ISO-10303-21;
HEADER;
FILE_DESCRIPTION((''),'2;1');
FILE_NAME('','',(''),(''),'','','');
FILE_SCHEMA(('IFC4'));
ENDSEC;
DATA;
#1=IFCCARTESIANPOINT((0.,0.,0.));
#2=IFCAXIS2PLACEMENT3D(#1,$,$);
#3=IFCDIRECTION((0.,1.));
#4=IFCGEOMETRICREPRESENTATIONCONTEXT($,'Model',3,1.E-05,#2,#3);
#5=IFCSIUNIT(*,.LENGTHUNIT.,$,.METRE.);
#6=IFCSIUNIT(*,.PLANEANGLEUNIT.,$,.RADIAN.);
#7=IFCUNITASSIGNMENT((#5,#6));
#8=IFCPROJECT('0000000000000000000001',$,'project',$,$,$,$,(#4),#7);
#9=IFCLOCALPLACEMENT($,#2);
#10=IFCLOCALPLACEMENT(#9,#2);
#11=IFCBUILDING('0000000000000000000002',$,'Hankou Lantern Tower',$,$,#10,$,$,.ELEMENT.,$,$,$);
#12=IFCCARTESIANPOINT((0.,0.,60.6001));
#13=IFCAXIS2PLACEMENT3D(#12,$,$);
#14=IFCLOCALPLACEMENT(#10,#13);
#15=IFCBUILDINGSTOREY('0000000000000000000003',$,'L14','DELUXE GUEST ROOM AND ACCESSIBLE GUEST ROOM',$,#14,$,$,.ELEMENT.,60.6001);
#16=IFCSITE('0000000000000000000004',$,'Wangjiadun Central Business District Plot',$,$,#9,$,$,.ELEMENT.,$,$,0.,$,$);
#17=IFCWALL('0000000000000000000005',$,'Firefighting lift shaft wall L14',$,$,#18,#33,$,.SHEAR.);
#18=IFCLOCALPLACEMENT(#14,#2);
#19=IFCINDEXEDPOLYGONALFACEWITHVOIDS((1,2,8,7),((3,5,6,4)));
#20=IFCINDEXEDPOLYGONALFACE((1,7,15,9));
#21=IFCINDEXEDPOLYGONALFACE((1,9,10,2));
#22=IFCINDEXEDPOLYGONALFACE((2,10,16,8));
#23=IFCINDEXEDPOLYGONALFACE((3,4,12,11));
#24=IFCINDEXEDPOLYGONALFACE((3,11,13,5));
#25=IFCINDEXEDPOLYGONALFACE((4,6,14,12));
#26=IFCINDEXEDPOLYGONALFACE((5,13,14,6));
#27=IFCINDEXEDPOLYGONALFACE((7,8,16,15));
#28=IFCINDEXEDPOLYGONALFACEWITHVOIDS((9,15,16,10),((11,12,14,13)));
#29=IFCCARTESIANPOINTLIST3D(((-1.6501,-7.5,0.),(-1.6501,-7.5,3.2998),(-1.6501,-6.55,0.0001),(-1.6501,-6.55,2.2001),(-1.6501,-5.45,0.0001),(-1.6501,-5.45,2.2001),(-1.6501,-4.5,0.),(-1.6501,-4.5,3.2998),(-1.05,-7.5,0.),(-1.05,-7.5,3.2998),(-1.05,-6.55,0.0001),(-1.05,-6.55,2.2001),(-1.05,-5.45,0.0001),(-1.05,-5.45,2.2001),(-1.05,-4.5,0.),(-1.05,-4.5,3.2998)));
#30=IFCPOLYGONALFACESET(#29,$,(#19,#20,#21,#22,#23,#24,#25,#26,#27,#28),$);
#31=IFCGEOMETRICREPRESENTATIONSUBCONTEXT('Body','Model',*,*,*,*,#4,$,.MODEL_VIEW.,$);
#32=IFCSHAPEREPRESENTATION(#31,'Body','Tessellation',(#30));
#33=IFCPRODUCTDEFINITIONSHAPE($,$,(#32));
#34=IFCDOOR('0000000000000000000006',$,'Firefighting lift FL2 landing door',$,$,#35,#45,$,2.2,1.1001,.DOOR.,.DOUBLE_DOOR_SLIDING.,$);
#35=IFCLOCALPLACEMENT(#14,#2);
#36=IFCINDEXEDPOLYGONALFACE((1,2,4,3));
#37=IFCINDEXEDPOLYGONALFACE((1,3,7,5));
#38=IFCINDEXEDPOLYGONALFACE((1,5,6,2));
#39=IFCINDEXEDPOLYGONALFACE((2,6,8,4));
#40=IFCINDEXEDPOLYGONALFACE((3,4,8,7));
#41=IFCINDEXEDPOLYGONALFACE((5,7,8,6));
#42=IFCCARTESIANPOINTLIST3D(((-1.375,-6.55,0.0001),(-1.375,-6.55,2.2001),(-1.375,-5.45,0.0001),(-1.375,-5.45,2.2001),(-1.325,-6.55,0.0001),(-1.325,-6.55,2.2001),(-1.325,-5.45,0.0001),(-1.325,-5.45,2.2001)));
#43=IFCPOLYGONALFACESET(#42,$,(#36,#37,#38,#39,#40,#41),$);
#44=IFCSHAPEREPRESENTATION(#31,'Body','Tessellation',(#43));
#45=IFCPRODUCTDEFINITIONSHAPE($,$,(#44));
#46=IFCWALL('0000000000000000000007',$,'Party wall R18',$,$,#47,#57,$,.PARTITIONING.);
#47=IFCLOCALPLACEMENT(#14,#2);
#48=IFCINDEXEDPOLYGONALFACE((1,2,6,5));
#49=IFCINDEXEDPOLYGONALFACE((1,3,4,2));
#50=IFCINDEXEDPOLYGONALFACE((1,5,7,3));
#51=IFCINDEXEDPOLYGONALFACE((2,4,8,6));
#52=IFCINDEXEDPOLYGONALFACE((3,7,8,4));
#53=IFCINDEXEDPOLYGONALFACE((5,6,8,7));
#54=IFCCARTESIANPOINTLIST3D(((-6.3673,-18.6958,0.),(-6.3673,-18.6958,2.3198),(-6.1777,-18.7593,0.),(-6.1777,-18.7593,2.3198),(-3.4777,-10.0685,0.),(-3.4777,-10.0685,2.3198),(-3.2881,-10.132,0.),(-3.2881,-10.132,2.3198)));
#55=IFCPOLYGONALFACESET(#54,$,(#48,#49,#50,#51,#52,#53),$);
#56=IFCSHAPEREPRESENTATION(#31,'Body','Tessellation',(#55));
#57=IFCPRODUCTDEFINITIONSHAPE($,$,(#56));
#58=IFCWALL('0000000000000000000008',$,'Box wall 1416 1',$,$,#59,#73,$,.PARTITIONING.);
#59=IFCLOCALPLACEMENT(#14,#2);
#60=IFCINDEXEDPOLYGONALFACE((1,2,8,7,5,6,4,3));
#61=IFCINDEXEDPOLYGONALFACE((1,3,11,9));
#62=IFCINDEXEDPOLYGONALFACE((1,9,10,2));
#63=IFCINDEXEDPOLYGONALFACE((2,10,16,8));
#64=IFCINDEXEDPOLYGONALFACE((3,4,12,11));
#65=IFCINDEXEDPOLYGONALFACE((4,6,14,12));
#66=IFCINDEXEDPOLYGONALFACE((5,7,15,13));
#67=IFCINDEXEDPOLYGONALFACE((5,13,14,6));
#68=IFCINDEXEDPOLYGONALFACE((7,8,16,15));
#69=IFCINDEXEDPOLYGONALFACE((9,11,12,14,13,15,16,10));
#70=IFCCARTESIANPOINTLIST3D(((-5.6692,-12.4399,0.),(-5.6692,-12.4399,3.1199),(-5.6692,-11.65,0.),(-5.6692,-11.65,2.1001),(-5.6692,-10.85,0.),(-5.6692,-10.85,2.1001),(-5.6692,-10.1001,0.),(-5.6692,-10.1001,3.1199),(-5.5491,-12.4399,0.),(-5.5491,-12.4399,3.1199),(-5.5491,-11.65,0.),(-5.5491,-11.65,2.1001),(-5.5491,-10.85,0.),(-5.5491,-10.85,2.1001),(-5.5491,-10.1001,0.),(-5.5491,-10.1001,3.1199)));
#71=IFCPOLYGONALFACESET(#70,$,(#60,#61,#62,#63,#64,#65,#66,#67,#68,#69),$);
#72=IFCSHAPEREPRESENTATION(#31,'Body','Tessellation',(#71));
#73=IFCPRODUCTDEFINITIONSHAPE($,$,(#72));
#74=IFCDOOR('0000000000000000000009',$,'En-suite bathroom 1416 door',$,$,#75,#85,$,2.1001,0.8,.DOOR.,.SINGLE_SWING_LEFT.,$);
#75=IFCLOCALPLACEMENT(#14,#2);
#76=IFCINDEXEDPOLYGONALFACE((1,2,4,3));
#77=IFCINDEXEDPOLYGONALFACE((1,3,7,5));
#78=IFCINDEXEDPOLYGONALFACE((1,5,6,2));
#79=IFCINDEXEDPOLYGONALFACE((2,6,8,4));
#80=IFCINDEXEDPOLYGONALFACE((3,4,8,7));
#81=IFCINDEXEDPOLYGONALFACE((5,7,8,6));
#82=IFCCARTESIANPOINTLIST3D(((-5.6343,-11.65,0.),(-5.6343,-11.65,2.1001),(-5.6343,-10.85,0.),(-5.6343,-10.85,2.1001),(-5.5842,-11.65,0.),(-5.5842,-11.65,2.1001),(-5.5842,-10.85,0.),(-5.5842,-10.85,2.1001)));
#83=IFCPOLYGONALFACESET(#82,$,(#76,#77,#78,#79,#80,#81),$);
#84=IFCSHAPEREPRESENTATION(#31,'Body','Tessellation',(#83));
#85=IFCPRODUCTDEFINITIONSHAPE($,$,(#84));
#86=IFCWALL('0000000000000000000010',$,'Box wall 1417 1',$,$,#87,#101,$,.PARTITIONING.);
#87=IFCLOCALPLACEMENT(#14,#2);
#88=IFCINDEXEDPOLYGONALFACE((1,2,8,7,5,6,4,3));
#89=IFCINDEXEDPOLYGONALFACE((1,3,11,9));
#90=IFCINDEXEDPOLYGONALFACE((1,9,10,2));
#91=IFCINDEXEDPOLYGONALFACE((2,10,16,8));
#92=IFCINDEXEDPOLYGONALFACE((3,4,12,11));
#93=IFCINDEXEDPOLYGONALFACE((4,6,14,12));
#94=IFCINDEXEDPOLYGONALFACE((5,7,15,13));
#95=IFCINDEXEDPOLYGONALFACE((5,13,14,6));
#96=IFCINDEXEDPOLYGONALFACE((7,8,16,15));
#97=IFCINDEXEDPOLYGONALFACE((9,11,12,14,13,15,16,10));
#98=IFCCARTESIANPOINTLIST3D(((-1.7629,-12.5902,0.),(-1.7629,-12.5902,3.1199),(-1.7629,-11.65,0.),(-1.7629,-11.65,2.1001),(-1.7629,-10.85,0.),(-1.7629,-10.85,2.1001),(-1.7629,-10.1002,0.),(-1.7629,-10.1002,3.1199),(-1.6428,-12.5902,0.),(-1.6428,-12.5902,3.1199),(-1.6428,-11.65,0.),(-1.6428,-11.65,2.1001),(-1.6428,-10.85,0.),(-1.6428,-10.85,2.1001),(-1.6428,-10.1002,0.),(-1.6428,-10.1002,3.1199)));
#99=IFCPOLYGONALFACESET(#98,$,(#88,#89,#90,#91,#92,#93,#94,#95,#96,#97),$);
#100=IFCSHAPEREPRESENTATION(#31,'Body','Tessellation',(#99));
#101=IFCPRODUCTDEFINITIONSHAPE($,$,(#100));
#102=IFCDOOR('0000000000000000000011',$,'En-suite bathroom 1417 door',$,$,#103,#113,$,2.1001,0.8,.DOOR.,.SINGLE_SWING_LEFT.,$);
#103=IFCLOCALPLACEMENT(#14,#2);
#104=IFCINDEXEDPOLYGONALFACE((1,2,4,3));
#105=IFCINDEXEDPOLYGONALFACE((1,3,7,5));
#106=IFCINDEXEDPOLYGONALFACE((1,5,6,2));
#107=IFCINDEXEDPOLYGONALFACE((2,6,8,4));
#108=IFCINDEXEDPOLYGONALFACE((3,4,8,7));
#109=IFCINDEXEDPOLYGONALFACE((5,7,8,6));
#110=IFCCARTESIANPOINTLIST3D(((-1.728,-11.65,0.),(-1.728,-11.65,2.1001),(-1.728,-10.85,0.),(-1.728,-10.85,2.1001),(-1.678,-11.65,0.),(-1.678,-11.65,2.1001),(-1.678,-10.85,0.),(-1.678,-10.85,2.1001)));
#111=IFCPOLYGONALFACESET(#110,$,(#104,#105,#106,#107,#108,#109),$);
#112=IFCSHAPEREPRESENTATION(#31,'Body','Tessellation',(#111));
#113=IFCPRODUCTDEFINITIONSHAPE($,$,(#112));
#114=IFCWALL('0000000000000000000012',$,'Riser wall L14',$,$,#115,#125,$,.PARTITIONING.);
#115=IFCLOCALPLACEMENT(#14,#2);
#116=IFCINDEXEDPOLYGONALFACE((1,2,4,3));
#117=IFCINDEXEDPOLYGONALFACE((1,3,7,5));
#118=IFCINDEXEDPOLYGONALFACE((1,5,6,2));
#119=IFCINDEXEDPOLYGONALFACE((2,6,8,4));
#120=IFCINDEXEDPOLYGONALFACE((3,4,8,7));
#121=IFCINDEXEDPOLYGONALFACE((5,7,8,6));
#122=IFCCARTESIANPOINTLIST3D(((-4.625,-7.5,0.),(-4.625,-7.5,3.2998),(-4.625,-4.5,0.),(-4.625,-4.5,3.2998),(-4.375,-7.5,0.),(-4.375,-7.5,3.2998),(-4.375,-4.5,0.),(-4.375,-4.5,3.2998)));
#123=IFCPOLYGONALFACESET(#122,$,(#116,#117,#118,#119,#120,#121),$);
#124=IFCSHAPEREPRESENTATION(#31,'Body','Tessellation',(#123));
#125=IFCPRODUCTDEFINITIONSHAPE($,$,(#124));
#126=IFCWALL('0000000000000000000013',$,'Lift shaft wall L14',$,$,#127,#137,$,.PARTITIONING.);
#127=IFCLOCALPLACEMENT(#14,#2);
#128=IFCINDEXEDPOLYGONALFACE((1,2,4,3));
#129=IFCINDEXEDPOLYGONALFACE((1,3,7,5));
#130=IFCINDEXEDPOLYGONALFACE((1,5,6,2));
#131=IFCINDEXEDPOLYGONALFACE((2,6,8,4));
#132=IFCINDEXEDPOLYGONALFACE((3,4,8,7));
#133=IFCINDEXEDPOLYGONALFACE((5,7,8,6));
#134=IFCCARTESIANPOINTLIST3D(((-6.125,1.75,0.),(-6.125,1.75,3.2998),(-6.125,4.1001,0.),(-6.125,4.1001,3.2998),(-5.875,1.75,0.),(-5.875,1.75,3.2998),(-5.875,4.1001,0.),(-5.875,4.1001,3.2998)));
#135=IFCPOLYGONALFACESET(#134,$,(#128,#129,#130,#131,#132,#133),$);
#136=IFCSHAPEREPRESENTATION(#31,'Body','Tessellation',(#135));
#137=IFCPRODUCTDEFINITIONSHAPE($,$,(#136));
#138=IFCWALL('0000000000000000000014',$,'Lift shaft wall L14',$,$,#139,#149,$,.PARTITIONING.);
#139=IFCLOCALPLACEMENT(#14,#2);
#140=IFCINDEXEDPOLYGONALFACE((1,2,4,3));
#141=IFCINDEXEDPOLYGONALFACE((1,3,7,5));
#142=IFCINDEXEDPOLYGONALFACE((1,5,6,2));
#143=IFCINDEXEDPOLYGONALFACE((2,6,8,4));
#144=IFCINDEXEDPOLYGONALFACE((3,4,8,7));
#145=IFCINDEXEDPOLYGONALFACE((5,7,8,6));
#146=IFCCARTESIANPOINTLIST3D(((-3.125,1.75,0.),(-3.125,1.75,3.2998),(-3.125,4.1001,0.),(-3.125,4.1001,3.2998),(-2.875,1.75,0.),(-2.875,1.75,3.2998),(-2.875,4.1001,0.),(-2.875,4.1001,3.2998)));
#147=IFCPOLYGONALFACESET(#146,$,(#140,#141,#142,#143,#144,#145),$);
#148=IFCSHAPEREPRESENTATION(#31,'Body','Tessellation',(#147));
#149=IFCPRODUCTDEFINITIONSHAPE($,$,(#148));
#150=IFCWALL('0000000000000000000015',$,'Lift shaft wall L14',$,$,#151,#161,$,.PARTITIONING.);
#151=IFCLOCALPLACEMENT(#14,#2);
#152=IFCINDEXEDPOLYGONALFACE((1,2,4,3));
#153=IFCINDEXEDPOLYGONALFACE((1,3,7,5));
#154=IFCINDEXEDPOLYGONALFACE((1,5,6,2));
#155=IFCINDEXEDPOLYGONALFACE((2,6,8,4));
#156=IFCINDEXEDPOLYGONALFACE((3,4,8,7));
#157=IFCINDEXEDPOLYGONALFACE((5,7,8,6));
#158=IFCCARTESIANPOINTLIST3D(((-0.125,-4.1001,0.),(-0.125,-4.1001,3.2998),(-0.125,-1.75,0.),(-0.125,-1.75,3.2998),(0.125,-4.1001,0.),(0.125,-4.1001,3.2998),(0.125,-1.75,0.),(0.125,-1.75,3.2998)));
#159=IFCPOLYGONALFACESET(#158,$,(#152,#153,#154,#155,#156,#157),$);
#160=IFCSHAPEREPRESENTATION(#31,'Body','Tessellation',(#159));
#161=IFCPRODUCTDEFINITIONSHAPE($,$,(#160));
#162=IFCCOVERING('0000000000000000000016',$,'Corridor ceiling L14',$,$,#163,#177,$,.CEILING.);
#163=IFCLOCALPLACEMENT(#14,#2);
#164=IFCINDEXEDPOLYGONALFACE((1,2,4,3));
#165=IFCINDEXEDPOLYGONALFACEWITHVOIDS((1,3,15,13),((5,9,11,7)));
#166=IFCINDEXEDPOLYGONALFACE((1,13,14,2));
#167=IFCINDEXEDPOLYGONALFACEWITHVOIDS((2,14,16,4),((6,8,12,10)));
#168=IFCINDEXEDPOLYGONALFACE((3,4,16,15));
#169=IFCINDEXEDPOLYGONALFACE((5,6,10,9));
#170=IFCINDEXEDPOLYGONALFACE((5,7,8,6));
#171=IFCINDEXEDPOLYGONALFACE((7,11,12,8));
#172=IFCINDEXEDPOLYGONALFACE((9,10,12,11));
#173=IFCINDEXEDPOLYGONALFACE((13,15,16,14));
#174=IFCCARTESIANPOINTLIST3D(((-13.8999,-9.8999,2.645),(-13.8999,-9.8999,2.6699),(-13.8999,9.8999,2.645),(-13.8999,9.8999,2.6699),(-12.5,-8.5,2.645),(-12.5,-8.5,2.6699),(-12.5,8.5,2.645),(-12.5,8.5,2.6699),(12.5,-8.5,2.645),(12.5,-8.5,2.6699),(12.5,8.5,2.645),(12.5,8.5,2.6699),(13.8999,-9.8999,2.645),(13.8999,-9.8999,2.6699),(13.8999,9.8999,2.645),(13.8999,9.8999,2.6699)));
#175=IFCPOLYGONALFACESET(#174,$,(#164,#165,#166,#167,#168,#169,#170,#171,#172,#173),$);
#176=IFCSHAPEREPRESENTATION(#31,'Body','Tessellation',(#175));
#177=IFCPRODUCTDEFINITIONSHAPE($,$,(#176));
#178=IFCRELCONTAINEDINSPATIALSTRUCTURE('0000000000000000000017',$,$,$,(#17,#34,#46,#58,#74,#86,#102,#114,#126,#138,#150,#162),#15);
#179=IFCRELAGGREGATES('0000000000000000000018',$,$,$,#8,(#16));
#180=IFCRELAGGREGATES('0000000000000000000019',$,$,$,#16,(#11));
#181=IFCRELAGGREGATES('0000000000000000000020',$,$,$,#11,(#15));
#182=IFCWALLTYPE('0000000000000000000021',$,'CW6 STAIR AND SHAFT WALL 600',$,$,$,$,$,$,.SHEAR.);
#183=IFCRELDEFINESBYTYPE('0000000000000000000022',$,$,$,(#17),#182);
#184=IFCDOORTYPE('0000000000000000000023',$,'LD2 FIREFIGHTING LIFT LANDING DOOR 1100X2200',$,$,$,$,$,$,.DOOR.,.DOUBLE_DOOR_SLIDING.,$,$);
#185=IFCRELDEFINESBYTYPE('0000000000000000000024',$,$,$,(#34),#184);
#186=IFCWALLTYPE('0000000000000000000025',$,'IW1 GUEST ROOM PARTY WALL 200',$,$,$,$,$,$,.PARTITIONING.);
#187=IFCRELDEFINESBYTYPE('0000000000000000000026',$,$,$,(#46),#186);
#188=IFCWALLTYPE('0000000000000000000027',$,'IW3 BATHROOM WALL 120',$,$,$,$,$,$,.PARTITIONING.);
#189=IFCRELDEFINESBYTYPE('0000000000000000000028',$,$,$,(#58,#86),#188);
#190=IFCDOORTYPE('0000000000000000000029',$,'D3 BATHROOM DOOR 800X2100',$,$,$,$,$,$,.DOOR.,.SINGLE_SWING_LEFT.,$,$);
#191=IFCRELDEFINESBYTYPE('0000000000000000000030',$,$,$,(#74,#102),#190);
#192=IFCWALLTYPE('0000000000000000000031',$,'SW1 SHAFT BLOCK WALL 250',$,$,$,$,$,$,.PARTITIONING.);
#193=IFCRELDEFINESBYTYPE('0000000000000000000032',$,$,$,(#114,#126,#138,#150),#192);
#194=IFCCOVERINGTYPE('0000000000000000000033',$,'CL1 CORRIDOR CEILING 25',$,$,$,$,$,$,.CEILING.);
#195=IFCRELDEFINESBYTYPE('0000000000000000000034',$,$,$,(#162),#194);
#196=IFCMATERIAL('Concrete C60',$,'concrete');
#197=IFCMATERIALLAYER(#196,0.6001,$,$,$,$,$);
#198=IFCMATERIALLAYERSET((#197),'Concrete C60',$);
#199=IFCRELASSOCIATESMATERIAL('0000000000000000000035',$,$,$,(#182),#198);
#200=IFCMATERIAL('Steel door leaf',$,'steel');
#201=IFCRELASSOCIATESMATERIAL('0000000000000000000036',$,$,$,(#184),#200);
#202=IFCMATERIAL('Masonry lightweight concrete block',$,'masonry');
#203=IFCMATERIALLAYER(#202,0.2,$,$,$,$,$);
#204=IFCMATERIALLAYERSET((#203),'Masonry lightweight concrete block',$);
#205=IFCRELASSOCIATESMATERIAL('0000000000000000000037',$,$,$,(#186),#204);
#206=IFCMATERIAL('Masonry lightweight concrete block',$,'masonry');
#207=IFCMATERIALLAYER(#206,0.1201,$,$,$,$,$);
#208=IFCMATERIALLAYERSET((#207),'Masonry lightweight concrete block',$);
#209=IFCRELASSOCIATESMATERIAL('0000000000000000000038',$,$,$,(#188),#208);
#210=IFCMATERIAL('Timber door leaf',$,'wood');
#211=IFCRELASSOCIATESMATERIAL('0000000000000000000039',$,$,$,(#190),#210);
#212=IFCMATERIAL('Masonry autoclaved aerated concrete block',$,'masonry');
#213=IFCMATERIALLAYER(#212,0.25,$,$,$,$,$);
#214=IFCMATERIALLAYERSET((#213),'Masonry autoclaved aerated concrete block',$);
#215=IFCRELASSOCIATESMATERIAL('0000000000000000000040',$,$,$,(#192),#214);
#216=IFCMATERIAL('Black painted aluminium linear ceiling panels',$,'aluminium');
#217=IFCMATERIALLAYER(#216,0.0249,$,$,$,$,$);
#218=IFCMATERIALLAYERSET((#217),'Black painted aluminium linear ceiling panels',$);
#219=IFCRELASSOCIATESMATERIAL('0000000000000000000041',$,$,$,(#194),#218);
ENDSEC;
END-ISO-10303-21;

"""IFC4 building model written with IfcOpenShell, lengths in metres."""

from ifc_helpers import new_model, si_unit, direction, frame, frame_2d, origin, place, context, subcontext, project, spatial, polyline, rectangle, outline, extrude, material, layer, layer_set, type_object, element, fill, save


model = new_model("IFC4")

# Units and contexts
model_context = context("Model", 3, precision=1e-05, world=origin(), true_north=direction((0.0, 1.0)))
body_context = subcontext(model_context, "Body", "Model", "MODEL_VIEW")
ifc_project = project(units=[si_unit("LENGTHUNIT", "METRE"), si_unit("PLANEANGLEUNIT", "RADIAN")], contexts=[model_context])

# Site, building, storey
site_placement = place(None, origin())
site = spatial("IfcSite", under=ifc_project, at=site_placement, Name="Wangjiadun Central Business District Plot", CompositionType="ELEMENT", RefElevation=0.0)
building_placement = place(site_placement, origin())
building = spatial("IfcBuilding", under=site, at=building_placement, Name="Hankou Lantern Tower", CompositionType="ELEMENT")
storey_placement = place(building_placement, frame((0.0, 0.0, 60.6001)))
storey = spatial("IfcBuildingStorey", under=building, at=storey_placement, Name="L14", Description="DELUXE GUEST ROOM AND ACCESSIBLE GUEST ROOM", CompositionType="ELEMENT", Elevation=60.6001)

# Wall, opening, door
ifc_material_1 = material(Name="Concrete C60", Category="concrete")
ifc_layer_1 = layer(ifc_material_1, 0.6001)
ifc_layer_set_1 = layer_set([ifc_layer_1], Name="Concrete C60")
wall_type_1 = type_object("IfcWallType", Name="CW6 STAIR AND SHAFT WALL 600", PredefinedType="SHEAR", material=ifc_layer_set_1)
wall_1_placement = place(storey_placement, frame((-1.3501, -7.5, 0.0), z_axis=(0.0, 0.0, 1.0), x_axis=(0.0, 1.0, 0.0)))
wall_1 = element("IfcWall", 1, at=wall_1_placement, inside=storey, type_object=wall_type_1, Name="Firefighting lift shaft wall L14", PredefinedType="SHEAR", context=body_context, shape_type="SweptSolid", body=[
    extrude(rectangle(XDim=3.0, YDim=0.6001, at=frame_2d((1.5, 0.0))), origin(), (0.0, 0.0, 1.0), 3.2998),
])
opening_1_placement = place(wall_1_placement, frame((0.95, 0.0, 0.0)))
opening_1 = element("IfcOpeningElement", 2, at=opening_1_placement, cuts=wall_1, PredefinedType="OPENING", context=body_context, shape_type="SweptSolid", body=[
    extrude(rectangle(XDim=1.1001, YDim=2.2, at=frame_2d((0.55, 1.1001))), frame((0.0, 0.3101, 0.0), z_axis=(0.0, -1.0, 0.0), x_axis=(1.0, 0.0, 0.0)), (0.0, 0.0, 1.0), 0.6201),
])
ifc_material_2 = material(Name="Steel door leaf", Category="steel")
door_type_1 = type_object("IfcDoorType", Name="LD2 FIREFIGHTING LIFT LANDING DOOR 1100X2200", OperationType="DOUBLE_DOOR_SLIDING", PredefinedType="DOOR", material=ifc_material_2)
door_1_placement = place(opening_1_placement, origin())
door_1 = element("IfcDoor", 3, at=door_1_placement, inside=storey, type_object=door_type_1, Name="Firefighting lift FL2 landing door", OperationType="DOUBLE_DOOR_SLIDING", OverallHeight=2.2, OverallWidth=1.1001, PredefinedType="DOOR", context=body_context, shape_type="SweptSolid", body=[
    extrude(rectangle(XDim=1.1001, YDim=2.2, at=frame_2d((0.55, 1.1001))), frame((0.0, 0.0249, 0.0), z_axis=(0.0, -1.0, 0.0), x_axis=(1.0, 0.0, 0.0)), (0.0, 0.0, 1.0), 0.05),
])
fill(opening_1, door_1)

# Wall
ifc_material_3 = material(Name="Masonry lightweight concrete block", Category="masonry")
ifc_layer_2 = layer(ifc_material_3, 0.2)
ifc_layer_set_2 = layer_set([ifc_layer_2], Name="Masonry lightweight concrete block")
wall_type_2 = type_object("IfcWallType", Name="IW1 GUEST ROOM PARTY WALL 200", PredefinedType="PARTITIONING", material=ifc_layer_set_2)
wall_2_placement = place(storey_placement, frame((-3.3828, -10.1001, 0.0), z_axis=(0.0, 0.0, 1.0), x_axis=(-0.317596, -0.948226, 0.0)))
element("IfcWall", 4, at=wall_2_placement, inside=storey, type_object=wall_type_2, Name="Party wall R18", PredefinedType="PARTITIONING", context=body_context, shape_type="SweptSolid", body=[
    extrude(rectangle(XDim=9.0984, YDim=0.2, at=frame_2d((4.5493, 0.0))), origin(), (0.0, 0.0, 1.0), 2.3198),
])

# Walls, openings, doors
ifc_material_4 = material(Name="Masonry lightweight concrete block", Category="masonry")
ifc_layer_3 = layer(ifc_material_4, 0.1201)
ifc_layer_set_3 = layer_set([ifc_layer_3], Name="Masonry lightweight concrete block")
wall_type_3 = type_object("IfcWallType", Name="IW3 BATHROOM WALL 120", PredefinedType="PARTITIONING", material=ifc_layer_set_3)
wall_3_placement = place(storey_placement, frame((-5.6091, -10.1001, 0.0), z_axis=(0.0, 0.0, 1.0), x_axis=(0.0, -1.0, 0.0)))
wall_3 = element("IfcWall", 5, at=wall_3_placement, inside=storey, type_object=wall_type_3, Name="Box wall 1416 1", PredefinedType="PARTITIONING", context=body_context, shape_type="SweptSolid", body=[
    extrude(rectangle(XDim=2.3398, YDim=0.1201, at=frame_2d((1.1699, 0.0))), origin(), (0.0, 0.0, 1.0), 3.1199),
])
opening_2_placement = place(wall_3_placement, frame((0.75, 0.0, 0.0)))
opening_2 = element("IfcOpeningElement", 6, at=opening_2_placement, cuts=wall_3, PredefinedType="OPENING", context=body_context, shape_type="SweptSolid", body=[
    extrude(rectangle(XDim=0.8, YDim=2.1001, at=frame_2d((0.3999, 1.05))), frame((0.0, 0.0701, 0.0), z_axis=(0.0, -1.0, 0.0), x_axis=(1.0, 0.0, 0.0)), (0.0, 0.0, 1.0), 0.1401),
])
ifc_material_5 = material(Name="Timber door leaf", Category="wood")
door_type_2 = type_object("IfcDoorType", Name="D3 BATHROOM DOOR 800X2100", OperationType="SINGLE_SWING_LEFT", PredefinedType="DOOR", material=ifc_material_5)
door_2_placement = place(opening_2_placement, origin())
door_2 = element("IfcDoor", 7, at=door_2_placement, inside=storey, type_object=door_type_2, Name="En-suite bathroom 1416 door", OperationType="SINGLE_SWING_LEFT", OverallHeight=2.1001, OverallWidth=0.8, PredefinedType="DOOR", context=body_context, shape_type="SweptSolid", body=[
    extrude(rectangle(XDim=0.8, YDim=2.1001, at=frame_2d((0.3999, 1.05))), frame((0.0, 0.0249, 0.0), z_axis=(0.0, -1.0, 0.0), x_axis=(1.0, 0.0, 0.0)), (0.0, 0.0, 1.0), 0.05),
])
fill(opening_2, door_2)
wall_4_placement = place(storey_placement, frame((-1.7029, -10.1001, 0.0), z_axis=(0.0, 0.0, 1.0), x_axis=(0.0, -1.0, 0.0)))
wall_4 = element("IfcWall", 8, at=wall_4_placement, inside=storey, type_object=wall_type_3, Name="Box wall 1417 1", PredefinedType="PARTITIONING", context=body_context, shape_type="SweptSolid", body=[
    extrude(rectangle(XDim=2.49, YDim=0.1201, at=frame_2d((1.2451, 0.0))), origin(), (0.0, 0.0, 1.0), 3.1199),
])
opening_3_placement = place(wall_4_placement, frame((0.75, 0.0, 0.0)))
opening_3 = element("IfcOpeningElement", 9, at=opening_3_placement, cuts=wall_4, PredefinedType="OPENING", context=body_context, shape_type="SweptSolid", body=[
    extrude(rectangle(XDim=0.8, YDim=2.1001, at=frame_2d((0.3999, 1.05))), frame((0.0, 0.0701, 0.0), z_axis=(0.0, -1.0, 0.0), x_axis=(1.0, 0.0, 0.0)), (0.0, 0.0, 1.0), 0.1401),
])
door_3_placement = place(opening_3_placement, origin())
door_3 = element("IfcDoor", 10, at=door_3_placement, inside=storey, type_object=door_type_2, Name="En-suite bathroom 1417 door", OperationType="SINGLE_SWING_LEFT", OverallHeight=2.1001, OverallWidth=0.8, PredefinedType="DOOR", context=body_context, shape_type="SweptSolid", body=[
    extrude(rectangle(XDim=0.8, YDim=2.1001, at=frame_2d((0.3999, 1.05))), frame((0.0, 0.0249, 0.0), z_axis=(0.0, -1.0, 0.0), x_axis=(1.0, 0.0, 0.0)), (0.0, 0.0, 1.0), 0.05),
])
fill(opening_3, door_3)

# Walls
ifc_material_6 = material(Name="Masonry autoclaved aerated concrete block", Category="masonry")
ifc_layer_4 = layer(ifc_material_6, 0.25)
ifc_layer_set_4 = layer_set([ifc_layer_4], Name="Masonry autoclaved aerated concrete block")
wall_type_4 = type_object("IfcWallType", Name="SW1 SHAFT BLOCK WALL 250", PredefinedType="PARTITIONING", material=ifc_layer_set_4)
wall_5_placement = place(storey_placement, frame((-4.5, -7.5, 0.0), z_axis=(0.0, 0.0, 1.0), x_axis=(0.0, 1.0, 0.0)))
element("IfcWall", 11, at=wall_5_placement, inside=storey, type_object=wall_type_4, Name="Riser wall L14", PredefinedType="PARTITIONING", context=body_context, shape_type="SweptSolid", body=[
    extrude(rectangle(XDim=3.0, YDim=0.25, at=frame_2d((1.5, 0.0))), origin(), (0.0, 0.0, 1.0), 3.2998),
])
for number, where, z_axis, x_axis, name in (
    (12, (-6.0, 1.75, 0.0), (0.0, 0.0, 1.0), (0.0, 1.0, 0.0), "Lift shaft wall L14"),
    (13, (-3.0, 1.75, 0.0), (0.0, 0.0, 1.0), (0.0, 1.0, 0.0), "Lift shaft wall L14"),
    (14, (0.0, -4.1001, 0.0), (0.0, 0.0, 1.0), (0.0, 1.0, 0.0), "Lift shaft wall L14"),
):
    element("IfcWall", number, at=place(storey_placement, frame(where, z_axis=z_axis, x_axis=x_axis)), inside=storey, type_object=wall_type_4, Name=name, PredefinedType="PARTITIONING", context=body_context, shape_type="SweptSolid", body=[
        extrude(rectangle(XDim=2.3501, YDim=0.25, at=frame_2d((1.175, 0.0))), origin(), (0.0, 0.0, 1.0), 3.2998),
    ])

# Covering
ifc_material_7 = material(Name="Black painted aluminium linear ceiling panels", Category="aluminium")
ifc_layer_5 = layer(ifc_material_7, 0.0249)
ifc_layer_set_5 = layer_set([ifc_layer_5], Name="Black painted aluminium linear ceiling panels")
covering_type = type_object("IfcCoveringType", Name="CL1 CORRIDOR CEILING 25", PredefinedType="CEILING", material=ifc_layer_set_5)
covering_placement = place(storey_placement, frame((0.0, 0.0, 2.645)))
element("IfcCovering", 15, at=covering_placement, inside=storey, type_object=covering_type, Name="Corridor ceiling L14", PredefinedType="CEILING", context=body_context, shape_type="SweptSolid", body=[
    extrude(outline(polyline([(-13.8999, -9.8999), (13.8999, -9.8999), (13.8999, 9.8999), (-13.8999, 9.8999), (-13.8999, -9.8999)]), holes=[polyline([(-12.5, 8.5), (12.5, 8.5), (12.5, -8.5), (-12.5, -8.5), (-12.5, 8.5)])]), origin(), (0.0, 0.0, 1.0), 0.0249),
])

save(model, "model.ifc")
